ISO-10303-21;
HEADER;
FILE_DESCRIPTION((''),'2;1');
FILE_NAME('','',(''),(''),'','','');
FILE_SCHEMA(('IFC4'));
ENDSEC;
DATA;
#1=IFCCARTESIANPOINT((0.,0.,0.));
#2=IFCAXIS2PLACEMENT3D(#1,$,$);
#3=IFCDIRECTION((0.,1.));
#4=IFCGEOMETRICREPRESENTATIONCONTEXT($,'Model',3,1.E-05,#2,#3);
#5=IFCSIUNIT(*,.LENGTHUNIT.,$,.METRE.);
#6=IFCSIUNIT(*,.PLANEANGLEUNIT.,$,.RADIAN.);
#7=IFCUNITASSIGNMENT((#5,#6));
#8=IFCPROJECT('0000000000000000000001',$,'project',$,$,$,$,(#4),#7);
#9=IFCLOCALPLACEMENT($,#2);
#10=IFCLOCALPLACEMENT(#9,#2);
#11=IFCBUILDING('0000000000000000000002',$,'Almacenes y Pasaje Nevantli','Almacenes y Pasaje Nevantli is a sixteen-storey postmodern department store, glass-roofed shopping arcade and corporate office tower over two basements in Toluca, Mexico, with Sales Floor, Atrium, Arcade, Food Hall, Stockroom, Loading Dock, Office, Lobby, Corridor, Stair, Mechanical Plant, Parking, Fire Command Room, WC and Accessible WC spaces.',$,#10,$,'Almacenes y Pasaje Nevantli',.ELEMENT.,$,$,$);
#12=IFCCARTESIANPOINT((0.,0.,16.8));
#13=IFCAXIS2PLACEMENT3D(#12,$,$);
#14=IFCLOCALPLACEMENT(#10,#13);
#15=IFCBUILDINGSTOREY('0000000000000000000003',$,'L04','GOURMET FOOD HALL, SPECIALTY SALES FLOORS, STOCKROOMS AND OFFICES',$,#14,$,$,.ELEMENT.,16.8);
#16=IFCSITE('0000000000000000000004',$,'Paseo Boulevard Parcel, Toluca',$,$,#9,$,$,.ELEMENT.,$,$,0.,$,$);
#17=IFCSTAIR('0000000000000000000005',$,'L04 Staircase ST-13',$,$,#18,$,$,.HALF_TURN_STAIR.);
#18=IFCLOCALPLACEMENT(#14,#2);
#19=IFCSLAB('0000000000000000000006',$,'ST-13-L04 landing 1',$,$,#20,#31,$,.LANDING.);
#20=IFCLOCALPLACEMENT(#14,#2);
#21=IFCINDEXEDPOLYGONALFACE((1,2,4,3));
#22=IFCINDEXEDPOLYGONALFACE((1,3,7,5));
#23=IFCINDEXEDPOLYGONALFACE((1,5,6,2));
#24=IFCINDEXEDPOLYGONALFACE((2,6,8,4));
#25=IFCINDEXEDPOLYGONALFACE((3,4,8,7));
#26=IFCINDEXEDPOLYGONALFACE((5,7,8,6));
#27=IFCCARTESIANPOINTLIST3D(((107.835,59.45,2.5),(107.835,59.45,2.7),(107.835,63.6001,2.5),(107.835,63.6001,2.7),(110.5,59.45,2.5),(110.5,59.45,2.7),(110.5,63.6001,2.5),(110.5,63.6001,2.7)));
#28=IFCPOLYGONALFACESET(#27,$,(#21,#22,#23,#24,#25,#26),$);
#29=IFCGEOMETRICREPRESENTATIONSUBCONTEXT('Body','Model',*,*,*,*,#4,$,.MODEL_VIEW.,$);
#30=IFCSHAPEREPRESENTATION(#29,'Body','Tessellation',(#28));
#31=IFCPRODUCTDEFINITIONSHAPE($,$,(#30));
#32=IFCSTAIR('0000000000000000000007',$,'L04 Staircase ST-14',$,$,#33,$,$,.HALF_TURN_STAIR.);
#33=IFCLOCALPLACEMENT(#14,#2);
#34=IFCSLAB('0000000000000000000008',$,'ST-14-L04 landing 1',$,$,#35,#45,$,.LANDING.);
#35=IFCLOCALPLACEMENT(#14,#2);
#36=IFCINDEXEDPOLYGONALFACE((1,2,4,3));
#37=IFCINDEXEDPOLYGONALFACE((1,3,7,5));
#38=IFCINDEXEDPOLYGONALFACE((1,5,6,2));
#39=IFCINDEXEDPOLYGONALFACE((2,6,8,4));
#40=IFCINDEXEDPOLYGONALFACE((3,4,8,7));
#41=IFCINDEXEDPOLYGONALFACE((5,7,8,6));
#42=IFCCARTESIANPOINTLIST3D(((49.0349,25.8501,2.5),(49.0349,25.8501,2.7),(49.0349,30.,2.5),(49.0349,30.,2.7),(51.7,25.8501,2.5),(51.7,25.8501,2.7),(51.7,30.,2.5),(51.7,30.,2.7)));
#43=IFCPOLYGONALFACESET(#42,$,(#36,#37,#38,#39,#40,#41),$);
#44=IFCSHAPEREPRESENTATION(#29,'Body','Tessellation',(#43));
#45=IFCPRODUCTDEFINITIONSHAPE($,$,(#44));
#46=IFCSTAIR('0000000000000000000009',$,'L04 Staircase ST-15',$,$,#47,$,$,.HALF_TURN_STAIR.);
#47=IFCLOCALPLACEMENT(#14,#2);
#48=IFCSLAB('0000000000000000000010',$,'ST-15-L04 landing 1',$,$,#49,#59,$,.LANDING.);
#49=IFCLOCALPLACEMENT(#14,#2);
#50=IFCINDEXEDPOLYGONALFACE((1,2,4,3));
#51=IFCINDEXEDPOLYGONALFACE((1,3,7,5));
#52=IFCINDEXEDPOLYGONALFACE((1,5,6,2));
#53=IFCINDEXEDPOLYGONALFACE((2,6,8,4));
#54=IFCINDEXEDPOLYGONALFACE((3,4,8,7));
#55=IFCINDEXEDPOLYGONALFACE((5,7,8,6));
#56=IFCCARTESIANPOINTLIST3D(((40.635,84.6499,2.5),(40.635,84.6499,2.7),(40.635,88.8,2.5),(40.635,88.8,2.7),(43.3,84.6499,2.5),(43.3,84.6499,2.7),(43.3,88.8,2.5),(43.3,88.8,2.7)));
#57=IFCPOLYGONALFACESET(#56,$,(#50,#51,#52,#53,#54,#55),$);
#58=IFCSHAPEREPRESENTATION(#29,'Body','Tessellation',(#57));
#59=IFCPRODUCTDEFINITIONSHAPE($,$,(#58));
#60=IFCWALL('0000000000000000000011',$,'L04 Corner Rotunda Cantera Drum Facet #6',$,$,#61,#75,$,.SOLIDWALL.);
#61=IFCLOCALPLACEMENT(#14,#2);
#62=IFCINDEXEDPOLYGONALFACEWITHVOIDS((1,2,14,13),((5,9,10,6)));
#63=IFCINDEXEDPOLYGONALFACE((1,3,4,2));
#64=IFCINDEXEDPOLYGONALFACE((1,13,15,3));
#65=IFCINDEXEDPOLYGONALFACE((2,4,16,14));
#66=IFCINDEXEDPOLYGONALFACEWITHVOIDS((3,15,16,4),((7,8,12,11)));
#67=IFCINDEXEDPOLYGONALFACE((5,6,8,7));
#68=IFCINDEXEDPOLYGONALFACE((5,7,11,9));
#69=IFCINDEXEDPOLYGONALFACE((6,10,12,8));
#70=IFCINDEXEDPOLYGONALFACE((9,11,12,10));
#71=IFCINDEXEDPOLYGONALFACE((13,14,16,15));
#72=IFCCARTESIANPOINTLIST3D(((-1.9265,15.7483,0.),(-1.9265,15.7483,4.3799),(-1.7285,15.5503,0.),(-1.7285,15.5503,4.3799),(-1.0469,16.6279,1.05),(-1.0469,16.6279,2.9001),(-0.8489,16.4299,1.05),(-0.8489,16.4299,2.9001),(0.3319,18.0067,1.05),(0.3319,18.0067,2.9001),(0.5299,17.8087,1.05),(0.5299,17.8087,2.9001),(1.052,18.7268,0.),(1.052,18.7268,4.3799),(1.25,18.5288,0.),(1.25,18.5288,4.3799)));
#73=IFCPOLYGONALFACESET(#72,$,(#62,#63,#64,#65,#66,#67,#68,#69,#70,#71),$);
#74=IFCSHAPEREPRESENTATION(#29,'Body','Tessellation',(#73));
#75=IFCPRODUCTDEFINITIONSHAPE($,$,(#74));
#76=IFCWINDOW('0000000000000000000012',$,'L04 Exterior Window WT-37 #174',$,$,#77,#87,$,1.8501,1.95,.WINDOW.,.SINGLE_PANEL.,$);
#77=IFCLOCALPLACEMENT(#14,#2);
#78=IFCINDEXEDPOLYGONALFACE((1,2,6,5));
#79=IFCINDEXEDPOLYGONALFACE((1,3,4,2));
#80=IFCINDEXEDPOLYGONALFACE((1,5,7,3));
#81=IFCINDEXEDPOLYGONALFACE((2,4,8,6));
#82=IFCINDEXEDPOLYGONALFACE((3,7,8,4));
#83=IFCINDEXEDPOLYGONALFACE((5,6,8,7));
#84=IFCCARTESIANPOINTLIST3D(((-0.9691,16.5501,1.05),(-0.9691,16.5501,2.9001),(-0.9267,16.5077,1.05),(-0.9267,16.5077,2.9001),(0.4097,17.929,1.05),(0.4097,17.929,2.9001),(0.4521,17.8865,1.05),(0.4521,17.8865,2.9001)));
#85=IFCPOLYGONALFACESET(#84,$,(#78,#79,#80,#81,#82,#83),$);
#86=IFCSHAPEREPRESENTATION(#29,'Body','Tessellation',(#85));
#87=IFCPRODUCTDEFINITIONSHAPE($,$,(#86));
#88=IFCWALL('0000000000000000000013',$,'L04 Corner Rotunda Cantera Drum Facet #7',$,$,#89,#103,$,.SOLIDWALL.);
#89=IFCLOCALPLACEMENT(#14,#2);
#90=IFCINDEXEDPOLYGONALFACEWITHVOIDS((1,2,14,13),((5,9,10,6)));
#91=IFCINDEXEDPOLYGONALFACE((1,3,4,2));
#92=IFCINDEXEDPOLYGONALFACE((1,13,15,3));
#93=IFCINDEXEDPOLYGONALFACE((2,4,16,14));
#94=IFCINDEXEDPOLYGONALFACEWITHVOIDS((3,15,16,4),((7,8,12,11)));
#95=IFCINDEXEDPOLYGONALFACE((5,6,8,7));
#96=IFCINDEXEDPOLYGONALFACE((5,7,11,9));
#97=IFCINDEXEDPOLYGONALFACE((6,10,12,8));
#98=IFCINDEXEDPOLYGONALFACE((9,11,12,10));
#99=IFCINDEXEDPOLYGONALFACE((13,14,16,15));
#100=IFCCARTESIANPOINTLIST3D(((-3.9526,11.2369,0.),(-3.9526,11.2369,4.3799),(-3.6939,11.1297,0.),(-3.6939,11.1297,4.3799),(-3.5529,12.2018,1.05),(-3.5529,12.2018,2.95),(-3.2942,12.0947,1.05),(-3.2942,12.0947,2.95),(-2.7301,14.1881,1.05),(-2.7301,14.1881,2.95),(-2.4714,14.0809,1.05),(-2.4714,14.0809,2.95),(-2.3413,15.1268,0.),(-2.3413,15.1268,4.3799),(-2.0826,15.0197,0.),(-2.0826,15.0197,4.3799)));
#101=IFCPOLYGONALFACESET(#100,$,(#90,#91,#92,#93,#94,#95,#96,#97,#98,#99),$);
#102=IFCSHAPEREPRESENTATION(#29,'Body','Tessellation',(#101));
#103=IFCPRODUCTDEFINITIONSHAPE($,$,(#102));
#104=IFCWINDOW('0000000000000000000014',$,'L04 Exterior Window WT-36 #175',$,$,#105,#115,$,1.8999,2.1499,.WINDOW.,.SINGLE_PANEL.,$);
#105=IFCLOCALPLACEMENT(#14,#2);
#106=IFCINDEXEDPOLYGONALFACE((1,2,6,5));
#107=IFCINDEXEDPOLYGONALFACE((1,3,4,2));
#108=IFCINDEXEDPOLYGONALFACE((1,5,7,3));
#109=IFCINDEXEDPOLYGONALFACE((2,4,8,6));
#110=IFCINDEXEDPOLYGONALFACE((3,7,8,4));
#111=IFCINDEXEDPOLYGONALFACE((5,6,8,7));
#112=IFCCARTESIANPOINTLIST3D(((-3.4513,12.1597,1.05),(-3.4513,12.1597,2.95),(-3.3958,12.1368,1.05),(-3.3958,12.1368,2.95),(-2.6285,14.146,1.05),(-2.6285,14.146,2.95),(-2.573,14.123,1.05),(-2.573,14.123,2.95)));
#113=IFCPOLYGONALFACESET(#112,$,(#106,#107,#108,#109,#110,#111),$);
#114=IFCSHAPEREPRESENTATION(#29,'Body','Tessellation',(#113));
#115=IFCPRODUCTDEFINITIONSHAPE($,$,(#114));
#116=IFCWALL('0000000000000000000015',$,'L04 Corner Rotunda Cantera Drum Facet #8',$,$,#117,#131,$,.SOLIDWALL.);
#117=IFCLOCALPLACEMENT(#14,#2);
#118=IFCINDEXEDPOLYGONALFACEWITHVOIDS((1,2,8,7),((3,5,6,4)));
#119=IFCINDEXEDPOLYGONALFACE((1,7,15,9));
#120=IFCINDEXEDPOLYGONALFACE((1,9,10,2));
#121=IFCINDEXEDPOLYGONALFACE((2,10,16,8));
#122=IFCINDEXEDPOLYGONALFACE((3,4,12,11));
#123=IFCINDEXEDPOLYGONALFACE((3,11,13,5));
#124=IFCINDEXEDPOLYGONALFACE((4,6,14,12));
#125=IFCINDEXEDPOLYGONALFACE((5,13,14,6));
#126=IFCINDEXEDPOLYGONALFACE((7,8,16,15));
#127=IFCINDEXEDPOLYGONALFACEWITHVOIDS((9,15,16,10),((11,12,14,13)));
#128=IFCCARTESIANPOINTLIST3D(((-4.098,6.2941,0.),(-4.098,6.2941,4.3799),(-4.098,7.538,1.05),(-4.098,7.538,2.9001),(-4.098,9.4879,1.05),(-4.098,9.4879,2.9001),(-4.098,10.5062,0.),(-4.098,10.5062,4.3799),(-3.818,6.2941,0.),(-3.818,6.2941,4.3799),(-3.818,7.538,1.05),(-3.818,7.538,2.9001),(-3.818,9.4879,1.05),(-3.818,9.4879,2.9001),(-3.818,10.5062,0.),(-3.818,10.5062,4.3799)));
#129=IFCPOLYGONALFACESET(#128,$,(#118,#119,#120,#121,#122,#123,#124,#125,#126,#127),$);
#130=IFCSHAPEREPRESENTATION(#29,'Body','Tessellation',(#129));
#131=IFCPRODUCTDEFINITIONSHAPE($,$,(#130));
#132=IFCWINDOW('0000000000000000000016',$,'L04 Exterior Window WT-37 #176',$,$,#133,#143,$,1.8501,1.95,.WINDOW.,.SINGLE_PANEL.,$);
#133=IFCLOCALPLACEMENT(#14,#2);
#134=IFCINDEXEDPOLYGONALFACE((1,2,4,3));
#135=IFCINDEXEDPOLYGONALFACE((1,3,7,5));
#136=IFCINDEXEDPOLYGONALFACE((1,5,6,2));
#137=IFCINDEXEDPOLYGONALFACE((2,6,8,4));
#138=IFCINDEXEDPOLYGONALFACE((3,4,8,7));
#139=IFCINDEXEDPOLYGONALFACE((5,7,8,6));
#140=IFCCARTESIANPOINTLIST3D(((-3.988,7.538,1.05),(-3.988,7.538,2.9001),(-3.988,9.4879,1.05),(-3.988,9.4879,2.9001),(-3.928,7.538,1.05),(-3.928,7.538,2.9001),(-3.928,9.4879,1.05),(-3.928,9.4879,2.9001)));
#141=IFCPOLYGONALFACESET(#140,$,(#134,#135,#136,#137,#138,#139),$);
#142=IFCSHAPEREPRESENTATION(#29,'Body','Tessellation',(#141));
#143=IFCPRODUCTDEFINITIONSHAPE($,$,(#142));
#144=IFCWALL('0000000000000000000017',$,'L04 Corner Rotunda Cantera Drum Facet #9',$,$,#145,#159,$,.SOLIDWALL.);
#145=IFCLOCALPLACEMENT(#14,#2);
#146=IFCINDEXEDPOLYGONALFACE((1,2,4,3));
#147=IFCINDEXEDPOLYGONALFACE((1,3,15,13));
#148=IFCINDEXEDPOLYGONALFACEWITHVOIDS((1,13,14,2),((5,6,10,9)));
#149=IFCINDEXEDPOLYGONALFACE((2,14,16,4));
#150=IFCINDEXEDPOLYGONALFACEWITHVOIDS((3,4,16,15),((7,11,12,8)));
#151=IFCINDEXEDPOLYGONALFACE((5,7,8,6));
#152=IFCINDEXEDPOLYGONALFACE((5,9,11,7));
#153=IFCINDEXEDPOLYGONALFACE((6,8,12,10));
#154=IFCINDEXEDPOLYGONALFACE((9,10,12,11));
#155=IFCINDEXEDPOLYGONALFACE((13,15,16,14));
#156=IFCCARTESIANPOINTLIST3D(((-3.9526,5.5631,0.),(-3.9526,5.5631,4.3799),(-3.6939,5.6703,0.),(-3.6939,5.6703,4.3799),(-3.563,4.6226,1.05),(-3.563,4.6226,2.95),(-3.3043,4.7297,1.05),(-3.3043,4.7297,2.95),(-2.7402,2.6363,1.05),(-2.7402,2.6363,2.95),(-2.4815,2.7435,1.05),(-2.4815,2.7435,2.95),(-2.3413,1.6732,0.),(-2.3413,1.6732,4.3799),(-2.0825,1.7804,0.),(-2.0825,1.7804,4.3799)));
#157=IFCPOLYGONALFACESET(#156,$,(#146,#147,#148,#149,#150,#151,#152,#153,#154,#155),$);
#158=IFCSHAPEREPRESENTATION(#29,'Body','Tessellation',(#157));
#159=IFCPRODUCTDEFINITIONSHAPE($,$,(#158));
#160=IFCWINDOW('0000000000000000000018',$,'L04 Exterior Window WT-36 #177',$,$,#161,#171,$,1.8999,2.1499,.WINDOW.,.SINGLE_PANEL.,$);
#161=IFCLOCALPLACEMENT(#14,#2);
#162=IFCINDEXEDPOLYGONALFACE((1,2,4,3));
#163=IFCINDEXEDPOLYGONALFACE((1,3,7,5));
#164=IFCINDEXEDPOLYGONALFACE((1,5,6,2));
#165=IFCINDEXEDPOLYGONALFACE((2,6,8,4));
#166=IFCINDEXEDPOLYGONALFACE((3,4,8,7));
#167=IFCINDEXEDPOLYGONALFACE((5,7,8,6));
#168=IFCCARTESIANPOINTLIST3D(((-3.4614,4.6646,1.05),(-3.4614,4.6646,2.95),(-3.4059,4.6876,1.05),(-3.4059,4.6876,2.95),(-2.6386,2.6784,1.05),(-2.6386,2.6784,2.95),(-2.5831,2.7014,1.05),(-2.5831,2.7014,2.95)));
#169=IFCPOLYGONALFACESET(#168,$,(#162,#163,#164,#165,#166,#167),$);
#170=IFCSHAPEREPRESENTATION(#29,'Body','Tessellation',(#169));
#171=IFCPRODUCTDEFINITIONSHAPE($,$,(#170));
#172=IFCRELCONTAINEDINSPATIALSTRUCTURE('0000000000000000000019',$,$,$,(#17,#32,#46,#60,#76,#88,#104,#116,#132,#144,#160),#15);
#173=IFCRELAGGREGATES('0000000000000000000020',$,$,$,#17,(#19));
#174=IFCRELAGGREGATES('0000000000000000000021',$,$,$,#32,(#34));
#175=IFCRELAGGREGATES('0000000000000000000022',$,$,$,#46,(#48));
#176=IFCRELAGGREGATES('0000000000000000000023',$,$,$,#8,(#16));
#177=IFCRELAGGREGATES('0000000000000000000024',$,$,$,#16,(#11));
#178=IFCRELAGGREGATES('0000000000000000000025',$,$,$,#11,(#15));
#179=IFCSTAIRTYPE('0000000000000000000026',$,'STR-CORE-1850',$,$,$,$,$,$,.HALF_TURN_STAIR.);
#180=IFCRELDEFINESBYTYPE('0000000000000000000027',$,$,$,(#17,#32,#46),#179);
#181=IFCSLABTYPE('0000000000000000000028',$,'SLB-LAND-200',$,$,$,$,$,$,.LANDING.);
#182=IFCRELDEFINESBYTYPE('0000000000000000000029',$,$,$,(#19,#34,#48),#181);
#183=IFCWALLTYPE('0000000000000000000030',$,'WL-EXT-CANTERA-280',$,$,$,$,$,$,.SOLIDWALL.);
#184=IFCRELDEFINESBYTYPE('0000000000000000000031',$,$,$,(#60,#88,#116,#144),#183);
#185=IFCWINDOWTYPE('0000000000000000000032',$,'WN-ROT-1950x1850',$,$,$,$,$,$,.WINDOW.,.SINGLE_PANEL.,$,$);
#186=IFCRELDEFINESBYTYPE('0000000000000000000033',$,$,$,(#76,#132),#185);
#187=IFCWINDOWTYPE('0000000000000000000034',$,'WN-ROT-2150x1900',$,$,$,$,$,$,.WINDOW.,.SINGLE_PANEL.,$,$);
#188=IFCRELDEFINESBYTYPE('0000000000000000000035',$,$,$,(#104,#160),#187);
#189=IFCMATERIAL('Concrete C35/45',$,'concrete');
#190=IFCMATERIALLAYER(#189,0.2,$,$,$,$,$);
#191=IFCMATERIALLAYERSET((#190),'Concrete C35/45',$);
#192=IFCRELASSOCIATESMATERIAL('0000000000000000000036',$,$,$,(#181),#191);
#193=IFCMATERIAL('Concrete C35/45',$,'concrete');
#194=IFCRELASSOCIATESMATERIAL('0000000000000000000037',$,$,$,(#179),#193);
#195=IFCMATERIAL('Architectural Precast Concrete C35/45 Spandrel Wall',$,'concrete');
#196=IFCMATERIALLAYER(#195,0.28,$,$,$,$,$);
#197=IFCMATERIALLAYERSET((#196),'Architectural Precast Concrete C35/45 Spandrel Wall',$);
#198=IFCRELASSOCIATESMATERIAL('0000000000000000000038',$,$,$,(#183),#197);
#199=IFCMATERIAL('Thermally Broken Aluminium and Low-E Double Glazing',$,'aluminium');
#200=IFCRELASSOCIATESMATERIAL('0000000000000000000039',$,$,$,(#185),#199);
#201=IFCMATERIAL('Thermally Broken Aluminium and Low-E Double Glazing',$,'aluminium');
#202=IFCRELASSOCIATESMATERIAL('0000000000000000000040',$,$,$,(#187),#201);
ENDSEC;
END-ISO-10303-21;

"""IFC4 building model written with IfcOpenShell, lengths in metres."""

from ifc_helpers import new_model, si_unit, direction, frame, frame_2d, origin, place, context, subcontext, project, spatial, polyline, rectangle, outline, extrude, material, layer, layer_set, type_object, element, fill, aggregate, save


model = new_model("IFC4")

# Units and contexts
model_context = context("Model", 3, precision=1e-05, world=origin(), true_north=direction((0.0, 1.0)))
body_context = subcontext(model_context, "Body", "Model", "MODEL_VIEW")
ifc_project = project(units=[si_unit("LENGTHUNIT", "METRE"), si_unit("PLANEANGLEUNIT", "RADIAN")], contexts=[model_context])

# Site, building, storey
site_placement = place(None, origin())
site = spatial("IfcSite", under=ifc_project, at=site_placement, Name="Paseo Boulevard Parcel, Toluca", CompositionType="ELEMENT", RefElevation=0.0)
building_placement = place(site_placement, origin())
building = spatial("IfcBuilding", under=site, at=building_placement, Name="Almacenes y Pasaje Nevantli", Description="Almacenes y Pasaje Nevantli is a sixteen-storey postmodern department store, glass-roofed shopping arcade and corporate office tower over two basements in Toluca, Mexico, with Sales Floor, Atrium, Arcade, Food Hall, Stockroom, Loading Dock, Office, Lobby, Corridor, Stair, Mechanical Plant, Parking, Fire Command Room, WC and Accessible WC spaces.", LongName="Almacenes y Pasaje Nevantli", CompositionType="ELEMENT")
storey_placement = place(building_placement, frame((0.0, 0.0, 16.8)))
storey = spatial("IfcBuildingStorey", under=building, at=storey_placement, Name="L04", Description="GOURMET FOOD HALL, SPECIALTY SALES FLOORS, STOCKROOMS AND OFFICES", CompositionType="ELEMENT", Elevation=16.8)

# Stairs, slabs
ifc_material_1 = material(Name="Concrete C35/45", Category="concrete")
ifc_layer_1 = layer(ifc_material_1, 0.2)
ifc_layer_set_1 = layer_set([ifc_layer_1], Name="Concrete C35/45")
slab_type_1 = type_object("IfcSlabType", Name="SLB-LAND-200", PredefinedType="LANDING", material=ifc_layer_set_1)
ifc_material_2 = material(Name="Concrete C35/45", Category="concrete")
stair_type_1 = type_object("IfcStairType", Name="STR-CORE-1850", PredefinedType="HALF_TURN_STAIR", material=ifc_material_2)
stair_1_placement = place(storey_placement, origin())
stair_1 = element("IfcStair", 1, at=stair_1_placement, inside=storey, type_object=stair_type_1, Name="L04 Staircase ST-13", PredefinedType="HALF_TURN_STAIR")
slab_1_placement = place(storey_placement, frame((0.0, 0.0, 2.5)))
slab_1 = element("IfcSlab", 2, at=slab_1_placement, type_object=slab_type_1, Name="ST-13-L04 landing 1", PredefinedType="LANDING", context=body_context, shape_type="SweptSolid", body=[
    extrude(outline(polyline([(107.835, 59.45), (110.5, 59.45), (110.5, 63.6001), (107.835, 63.6001), (107.835, 59.45)])), origin(), (0.0, 0.0, 1.0), 0.2),
])
aggregate(stair_1, [slab_1])
stair_2_placement = place(storey_placement, origin())
stair_2 = element("IfcStair", 3, at=stair_2_placement, inside=storey, type_object=stair_type_1, Name="L04 Staircase ST-14", PredefinedType="HALF_TURN_STAIR")
slab_2_placement = place(storey_placement, frame((0.0, 0.0, 2.5)))
slab_2 = element("IfcSlab", 4, at=slab_2_placement, type_object=slab_type_1, Name="ST-14-L04 landing 1", PredefinedType="LANDING", context=body_context, shape_type="SweptSolid", body=[
    extrude(outline(polyline([(49.0349, 25.8501), (51.7, 25.8501), (51.7, 30.0), (49.0349, 30.0), (49.0349, 25.8501)])), origin(), (0.0, 0.0, 1.0), 0.2),
])
aggregate(stair_2, [slab_2])
stair_3_placement = place(storey_placement, origin())
stair_3 = element("IfcStair", 5, at=stair_3_placement, inside=storey, type_object=stair_type_1, Name="L04 Staircase ST-15", PredefinedType="HALF_TURN_STAIR")
slab_3_placement = place(storey_placement, frame((0.0, 0.0, 2.5)))
slab_3 = element("IfcSlab", 6, at=slab_3_placement, type_object=slab_type_1, Name="ST-15-L04 landing 1", PredefinedType="LANDING", context=body_context, shape_type="SweptSolid", body=[
    extrude(outline(polyline([(40.635, 84.6499), (43.3, 84.6499), (43.3, 88.8), (40.635, 88.8), (40.635, 84.6499)])), origin(), (0.0, 0.0, 1.0), 0.2),
])
aggregate(stair_3, [slab_3])

# Walls, openings, windows
ifc_material_3 = material(Name="Architectural Precast Concrete C35/45 Spandrel Wall", Category="concrete")
ifc_layer_2 = layer(ifc_material_3, 0.28)
ifc_layer_set_2 = layer_set([ifc_layer_2], Name="Architectural Precast Concrete C35/45 Spandrel Wall")
wall_type = type_object("IfcWallType", Name="WL-EXT-CANTERA-280", PredefinedType="SOLIDWALL", material=ifc_layer_set_2)
wall_1_placement = place(storey_placement, frame((1.1509, 18.6277, 0.0), z_axis=(0.0, 0.0, 1.0), x_axis=(-0.707107, -0.707107, 0.0)))
wall_1 = element("IfcWall", 7, at=wall_1_placement, inside=storey, type_object=wall_type, Name="L04 Corner Rotunda Cantera Drum Facet #6", PredefinedType="SOLIDWALL", context=body_context, shape_type="SweptSolid", body=[
    extrude(rectangle(XDim=4.2122, YDim=0.28, at=frame_2d((2.106, 0.0))), origin(), (0.0, 0.0, 1.0), 4.3799),
])
opening_1_placement = place(wall_1_placement, frame((1.0181, 0.0, 1.05)))
opening_1 = element("IfcOpeningElement", 8, at=opening_1_placement, cuts=wall_1, PredefinedType="OPENING", context=body_context, shape_type="SweptSolid", body=[
    extrude(rectangle(XDim=1.95, YDim=1.8501, at=frame_2d((0.9751, 0.925))), frame((0.0, 0.1499, 0.0), z_axis=(0.0, -1.0, 0.0), x_axis=(1.0, 0.0, 0.0)), (0.0, 0.0, 1.0), 0.3),
])
ifc_material_4 = material(Name="Thermally Broken Aluminium and Low-E Double Glazing", Category="aluminium")
window_type_1 = type_object("IfcWindowType", Name="WN-ROT-1950x1850", PartitioningType="SINGLE_PANEL", PredefinedType="WINDOW", material=ifc_material_4)
window_1_placement = place(opening_1_placement, origin())
window_1 = element("IfcWindow", 9, at=window_1_placement, inside=storey, type_object=window_type_1, Name="L04 Exterior Window WT-37 #174", OverallHeight=1.8501, OverallWidth=1.95, PartitioningType="SINGLE_PANEL", PredefinedType="WINDOW", context=body_context, shape_type="SweptSolid", body=[
    extrude(rectangle(XDim=1.95, YDim=1.8501, at=frame_2d((0.9751, 0.925))), frame((0.0, 0.03, 0.0), z_axis=(0.0, -1.0, 0.0), x_axis=(1.0, 0.0, 0.0)), (0.0, 0.0, 1.0), 0.0601),
])
fill(opening_1, window_1)
wall_2_placement = place(storey_placement, frame((-2.2119, 15.0732, 0.0), z_axis=(0.0, 0.0, 1.0), x_axis=(-0.3827, -0.923873, 0.0)))
wall_2 = element("IfcWall", 10, at=wall_2_placement, inside=storey, type_object=wall_type, Name="L04 Corner Rotunda Cantera Drum Facet #7", PredefinedType="SOLIDWALL", context=body_context, shape_type="SweptSolid", body=[
    extrude(rectangle(XDim=4.2104, YDim=0.28, at=frame_2d((2.1052, 0.0))), origin(), (0.0, 0.0, 1.0), 4.3799),
])
opening_2_placement = place(wall_2_placement, frame((1.0161, 0.0, 1.05)))
opening_2 = element("IfcOpeningElement", 11, at=opening_2_placement, cuts=wall_2, PredefinedType="OPENING", context=body_context, shape_type="SweptSolid", body=[
    extrude(rectangle(XDim=2.1499, YDim=1.8999, at=frame_2d((1.075, 0.95))), frame((0.0, 0.1499, 0.0), z_axis=(0.0, -1.0, 0.0), x_axis=(1.0, 0.0, 0.0)), (0.0, 0.0, 1.0), 0.3),
])
ifc_material_5 = material(Name="Thermally Broken Aluminium and Low-E Double Glazing", Category="aluminium")
window_type_2 = type_object("IfcWindowType", Name="WN-ROT-2150x1900", PartitioningType="SINGLE_PANEL", PredefinedType="WINDOW", material=ifc_material_5)
window_2_placement = place(opening_2_placement, origin())
window_2 = element("IfcWindow", 12, at=window_2_placement, inside=storey, type_object=window_type_2, Name="L04 Exterior Window WT-36 #175", OverallHeight=1.8999, OverallWidth=2.1499, PartitioningType="SINGLE_PANEL", PredefinedType="WINDOW", context=body_context, shape_type="SweptSolid", body=[
    extrude(rectangle(XDim=2.1499, YDim=1.8999, at=frame_2d((1.075, 0.95))), frame((0.0, 0.03, 0.0), z_axis=(0.0, -1.0, 0.0), x_axis=(1.0, 0.0, 0.0)), (0.0, 0.0, 1.0), 0.0601),
])
fill(opening_2, window_2)
wall_3_placement = place(storey_placement, frame((-3.958, 10.5061, 0.0), z_axis=(0.0, 0.0, 1.0), x_axis=(0.0, -1.0, 0.0)))
wall_3 = element("IfcWall", 13, at=wall_3_placement, inside=storey, type_object=wall_type, Name="L04 Corner Rotunda Cantera Drum Facet #8", PredefinedType="SOLIDWALL", context=body_context, shape_type="SweptSolid", body=[
    extrude(rectangle(XDim=4.2122, YDim=0.28, at=frame_2d((2.106, 0.0))), origin(), (0.0, 0.0, 1.0), 4.3799),
])
opening_3_placement = place(wall_3_placement, frame((1.0181, 0.0, 1.05)))
opening_3 = element("IfcOpeningElement", 14, at=opening_3_placement, cuts=wall_3, PredefinedType="OPENING", context=body_context, shape_type="SweptSolid", body=[
    extrude(rectangle(XDim=1.95, YDim=1.8501, at=frame_2d((0.9751, 0.925))), frame((0.0, 0.1499, 0.0), z_axis=(0.0, -1.0, 0.0), x_axis=(1.0, 0.0, 0.0)), (0.0, 0.0, 1.0), 0.3),
])
window_3_placement = place(opening_3_placement, origin())
window_3 = element("IfcWindow", 15, at=window_3_placement, inside=storey, type_object=window_type_1, Name="L04 Exterior Window WT-37 #176", OverallHeight=1.8501, OverallWidth=1.95, PartitioningType="SINGLE_PANEL", PredefinedType="WINDOW", context=body_context, shape_type="SweptSolid", body=[
    extrude(rectangle(XDim=1.95, YDim=1.8501, at=frame_2d((0.9751, 0.925))), frame((0.0, 0.03, 0.0), z_axis=(0.0, -1.0, 0.0), x_axis=(1.0, 0.0, 0.0)), (0.0, 0.0, 1.0), 0.0601),
])
fill(opening_3, window_3)
wall_4_placement = place(storey_placement, frame((-3.8232, 5.6167, 0.0), z_axis=(0.0, 0.0, 1.0), x_axis=(0.3827, -0.923873, 0.0)))
wall_4 = element("IfcWall", 16, at=wall_4_placement, inside=storey, type_object=wall_type, Name="L04 Corner Rotunda Cantera Drum Facet #9", PredefinedType="SOLIDWALL", context=body_context, shape_type="SweptSolid", body=[
    extrude(rectangle(XDim=4.2104, YDim=0.28, at=frame_2d((2.1052, 0.0))), origin(), (0.0, 0.0, 1.0), 4.3799),
])
opening_4_placement = place(wall_4_placement, frame((1.0181, 0.0, 1.05)))
opening_4 = element("IfcOpeningElement", 17, at=opening_4_placement, cuts=wall_4, PredefinedType="OPENING", context=body_context, shape_type="SweptSolid", body=[
    extrude(rectangle(XDim=2.1499, YDim=1.8999, at=frame_2d((1.075, 0.95))), frame((0.0, 0.1499, 0.0), z_axis=(0.0, -1.0, 0.0), x_axis=(1.0, 0.0, 0.0)), (0.0, 0.0, 1.0), 0.3),
])
window_4_placement = place(opening_4_placement, origin())
window_4 = element("IfcWindow", 18, at=window_4_placement, inside=storey, type_object=window_type_2, Name="L04 Exterior Window WT-36 #177", OverallHeight=1.8999, OverallWidth=2.1499, PartitioningType="SINGLE_PANEL", PredefinedType="WINDOW", context=body_context, shape_type="SweptSolid", body=[
    extrude(rectangle(XDim=2.1499, YDim=1.8999, at=frame_2d((1.075, 0.95))), frame((0.0, 0.03, 0.0), z_axis=(0.0, -1.0, 0.0), x_axis=(1.0, 0.0, 0.0)), (0.0, 0.0, 1.0), 0.0601),
])
fill(opening_4, window_4)

save(model, "model.ifc")
